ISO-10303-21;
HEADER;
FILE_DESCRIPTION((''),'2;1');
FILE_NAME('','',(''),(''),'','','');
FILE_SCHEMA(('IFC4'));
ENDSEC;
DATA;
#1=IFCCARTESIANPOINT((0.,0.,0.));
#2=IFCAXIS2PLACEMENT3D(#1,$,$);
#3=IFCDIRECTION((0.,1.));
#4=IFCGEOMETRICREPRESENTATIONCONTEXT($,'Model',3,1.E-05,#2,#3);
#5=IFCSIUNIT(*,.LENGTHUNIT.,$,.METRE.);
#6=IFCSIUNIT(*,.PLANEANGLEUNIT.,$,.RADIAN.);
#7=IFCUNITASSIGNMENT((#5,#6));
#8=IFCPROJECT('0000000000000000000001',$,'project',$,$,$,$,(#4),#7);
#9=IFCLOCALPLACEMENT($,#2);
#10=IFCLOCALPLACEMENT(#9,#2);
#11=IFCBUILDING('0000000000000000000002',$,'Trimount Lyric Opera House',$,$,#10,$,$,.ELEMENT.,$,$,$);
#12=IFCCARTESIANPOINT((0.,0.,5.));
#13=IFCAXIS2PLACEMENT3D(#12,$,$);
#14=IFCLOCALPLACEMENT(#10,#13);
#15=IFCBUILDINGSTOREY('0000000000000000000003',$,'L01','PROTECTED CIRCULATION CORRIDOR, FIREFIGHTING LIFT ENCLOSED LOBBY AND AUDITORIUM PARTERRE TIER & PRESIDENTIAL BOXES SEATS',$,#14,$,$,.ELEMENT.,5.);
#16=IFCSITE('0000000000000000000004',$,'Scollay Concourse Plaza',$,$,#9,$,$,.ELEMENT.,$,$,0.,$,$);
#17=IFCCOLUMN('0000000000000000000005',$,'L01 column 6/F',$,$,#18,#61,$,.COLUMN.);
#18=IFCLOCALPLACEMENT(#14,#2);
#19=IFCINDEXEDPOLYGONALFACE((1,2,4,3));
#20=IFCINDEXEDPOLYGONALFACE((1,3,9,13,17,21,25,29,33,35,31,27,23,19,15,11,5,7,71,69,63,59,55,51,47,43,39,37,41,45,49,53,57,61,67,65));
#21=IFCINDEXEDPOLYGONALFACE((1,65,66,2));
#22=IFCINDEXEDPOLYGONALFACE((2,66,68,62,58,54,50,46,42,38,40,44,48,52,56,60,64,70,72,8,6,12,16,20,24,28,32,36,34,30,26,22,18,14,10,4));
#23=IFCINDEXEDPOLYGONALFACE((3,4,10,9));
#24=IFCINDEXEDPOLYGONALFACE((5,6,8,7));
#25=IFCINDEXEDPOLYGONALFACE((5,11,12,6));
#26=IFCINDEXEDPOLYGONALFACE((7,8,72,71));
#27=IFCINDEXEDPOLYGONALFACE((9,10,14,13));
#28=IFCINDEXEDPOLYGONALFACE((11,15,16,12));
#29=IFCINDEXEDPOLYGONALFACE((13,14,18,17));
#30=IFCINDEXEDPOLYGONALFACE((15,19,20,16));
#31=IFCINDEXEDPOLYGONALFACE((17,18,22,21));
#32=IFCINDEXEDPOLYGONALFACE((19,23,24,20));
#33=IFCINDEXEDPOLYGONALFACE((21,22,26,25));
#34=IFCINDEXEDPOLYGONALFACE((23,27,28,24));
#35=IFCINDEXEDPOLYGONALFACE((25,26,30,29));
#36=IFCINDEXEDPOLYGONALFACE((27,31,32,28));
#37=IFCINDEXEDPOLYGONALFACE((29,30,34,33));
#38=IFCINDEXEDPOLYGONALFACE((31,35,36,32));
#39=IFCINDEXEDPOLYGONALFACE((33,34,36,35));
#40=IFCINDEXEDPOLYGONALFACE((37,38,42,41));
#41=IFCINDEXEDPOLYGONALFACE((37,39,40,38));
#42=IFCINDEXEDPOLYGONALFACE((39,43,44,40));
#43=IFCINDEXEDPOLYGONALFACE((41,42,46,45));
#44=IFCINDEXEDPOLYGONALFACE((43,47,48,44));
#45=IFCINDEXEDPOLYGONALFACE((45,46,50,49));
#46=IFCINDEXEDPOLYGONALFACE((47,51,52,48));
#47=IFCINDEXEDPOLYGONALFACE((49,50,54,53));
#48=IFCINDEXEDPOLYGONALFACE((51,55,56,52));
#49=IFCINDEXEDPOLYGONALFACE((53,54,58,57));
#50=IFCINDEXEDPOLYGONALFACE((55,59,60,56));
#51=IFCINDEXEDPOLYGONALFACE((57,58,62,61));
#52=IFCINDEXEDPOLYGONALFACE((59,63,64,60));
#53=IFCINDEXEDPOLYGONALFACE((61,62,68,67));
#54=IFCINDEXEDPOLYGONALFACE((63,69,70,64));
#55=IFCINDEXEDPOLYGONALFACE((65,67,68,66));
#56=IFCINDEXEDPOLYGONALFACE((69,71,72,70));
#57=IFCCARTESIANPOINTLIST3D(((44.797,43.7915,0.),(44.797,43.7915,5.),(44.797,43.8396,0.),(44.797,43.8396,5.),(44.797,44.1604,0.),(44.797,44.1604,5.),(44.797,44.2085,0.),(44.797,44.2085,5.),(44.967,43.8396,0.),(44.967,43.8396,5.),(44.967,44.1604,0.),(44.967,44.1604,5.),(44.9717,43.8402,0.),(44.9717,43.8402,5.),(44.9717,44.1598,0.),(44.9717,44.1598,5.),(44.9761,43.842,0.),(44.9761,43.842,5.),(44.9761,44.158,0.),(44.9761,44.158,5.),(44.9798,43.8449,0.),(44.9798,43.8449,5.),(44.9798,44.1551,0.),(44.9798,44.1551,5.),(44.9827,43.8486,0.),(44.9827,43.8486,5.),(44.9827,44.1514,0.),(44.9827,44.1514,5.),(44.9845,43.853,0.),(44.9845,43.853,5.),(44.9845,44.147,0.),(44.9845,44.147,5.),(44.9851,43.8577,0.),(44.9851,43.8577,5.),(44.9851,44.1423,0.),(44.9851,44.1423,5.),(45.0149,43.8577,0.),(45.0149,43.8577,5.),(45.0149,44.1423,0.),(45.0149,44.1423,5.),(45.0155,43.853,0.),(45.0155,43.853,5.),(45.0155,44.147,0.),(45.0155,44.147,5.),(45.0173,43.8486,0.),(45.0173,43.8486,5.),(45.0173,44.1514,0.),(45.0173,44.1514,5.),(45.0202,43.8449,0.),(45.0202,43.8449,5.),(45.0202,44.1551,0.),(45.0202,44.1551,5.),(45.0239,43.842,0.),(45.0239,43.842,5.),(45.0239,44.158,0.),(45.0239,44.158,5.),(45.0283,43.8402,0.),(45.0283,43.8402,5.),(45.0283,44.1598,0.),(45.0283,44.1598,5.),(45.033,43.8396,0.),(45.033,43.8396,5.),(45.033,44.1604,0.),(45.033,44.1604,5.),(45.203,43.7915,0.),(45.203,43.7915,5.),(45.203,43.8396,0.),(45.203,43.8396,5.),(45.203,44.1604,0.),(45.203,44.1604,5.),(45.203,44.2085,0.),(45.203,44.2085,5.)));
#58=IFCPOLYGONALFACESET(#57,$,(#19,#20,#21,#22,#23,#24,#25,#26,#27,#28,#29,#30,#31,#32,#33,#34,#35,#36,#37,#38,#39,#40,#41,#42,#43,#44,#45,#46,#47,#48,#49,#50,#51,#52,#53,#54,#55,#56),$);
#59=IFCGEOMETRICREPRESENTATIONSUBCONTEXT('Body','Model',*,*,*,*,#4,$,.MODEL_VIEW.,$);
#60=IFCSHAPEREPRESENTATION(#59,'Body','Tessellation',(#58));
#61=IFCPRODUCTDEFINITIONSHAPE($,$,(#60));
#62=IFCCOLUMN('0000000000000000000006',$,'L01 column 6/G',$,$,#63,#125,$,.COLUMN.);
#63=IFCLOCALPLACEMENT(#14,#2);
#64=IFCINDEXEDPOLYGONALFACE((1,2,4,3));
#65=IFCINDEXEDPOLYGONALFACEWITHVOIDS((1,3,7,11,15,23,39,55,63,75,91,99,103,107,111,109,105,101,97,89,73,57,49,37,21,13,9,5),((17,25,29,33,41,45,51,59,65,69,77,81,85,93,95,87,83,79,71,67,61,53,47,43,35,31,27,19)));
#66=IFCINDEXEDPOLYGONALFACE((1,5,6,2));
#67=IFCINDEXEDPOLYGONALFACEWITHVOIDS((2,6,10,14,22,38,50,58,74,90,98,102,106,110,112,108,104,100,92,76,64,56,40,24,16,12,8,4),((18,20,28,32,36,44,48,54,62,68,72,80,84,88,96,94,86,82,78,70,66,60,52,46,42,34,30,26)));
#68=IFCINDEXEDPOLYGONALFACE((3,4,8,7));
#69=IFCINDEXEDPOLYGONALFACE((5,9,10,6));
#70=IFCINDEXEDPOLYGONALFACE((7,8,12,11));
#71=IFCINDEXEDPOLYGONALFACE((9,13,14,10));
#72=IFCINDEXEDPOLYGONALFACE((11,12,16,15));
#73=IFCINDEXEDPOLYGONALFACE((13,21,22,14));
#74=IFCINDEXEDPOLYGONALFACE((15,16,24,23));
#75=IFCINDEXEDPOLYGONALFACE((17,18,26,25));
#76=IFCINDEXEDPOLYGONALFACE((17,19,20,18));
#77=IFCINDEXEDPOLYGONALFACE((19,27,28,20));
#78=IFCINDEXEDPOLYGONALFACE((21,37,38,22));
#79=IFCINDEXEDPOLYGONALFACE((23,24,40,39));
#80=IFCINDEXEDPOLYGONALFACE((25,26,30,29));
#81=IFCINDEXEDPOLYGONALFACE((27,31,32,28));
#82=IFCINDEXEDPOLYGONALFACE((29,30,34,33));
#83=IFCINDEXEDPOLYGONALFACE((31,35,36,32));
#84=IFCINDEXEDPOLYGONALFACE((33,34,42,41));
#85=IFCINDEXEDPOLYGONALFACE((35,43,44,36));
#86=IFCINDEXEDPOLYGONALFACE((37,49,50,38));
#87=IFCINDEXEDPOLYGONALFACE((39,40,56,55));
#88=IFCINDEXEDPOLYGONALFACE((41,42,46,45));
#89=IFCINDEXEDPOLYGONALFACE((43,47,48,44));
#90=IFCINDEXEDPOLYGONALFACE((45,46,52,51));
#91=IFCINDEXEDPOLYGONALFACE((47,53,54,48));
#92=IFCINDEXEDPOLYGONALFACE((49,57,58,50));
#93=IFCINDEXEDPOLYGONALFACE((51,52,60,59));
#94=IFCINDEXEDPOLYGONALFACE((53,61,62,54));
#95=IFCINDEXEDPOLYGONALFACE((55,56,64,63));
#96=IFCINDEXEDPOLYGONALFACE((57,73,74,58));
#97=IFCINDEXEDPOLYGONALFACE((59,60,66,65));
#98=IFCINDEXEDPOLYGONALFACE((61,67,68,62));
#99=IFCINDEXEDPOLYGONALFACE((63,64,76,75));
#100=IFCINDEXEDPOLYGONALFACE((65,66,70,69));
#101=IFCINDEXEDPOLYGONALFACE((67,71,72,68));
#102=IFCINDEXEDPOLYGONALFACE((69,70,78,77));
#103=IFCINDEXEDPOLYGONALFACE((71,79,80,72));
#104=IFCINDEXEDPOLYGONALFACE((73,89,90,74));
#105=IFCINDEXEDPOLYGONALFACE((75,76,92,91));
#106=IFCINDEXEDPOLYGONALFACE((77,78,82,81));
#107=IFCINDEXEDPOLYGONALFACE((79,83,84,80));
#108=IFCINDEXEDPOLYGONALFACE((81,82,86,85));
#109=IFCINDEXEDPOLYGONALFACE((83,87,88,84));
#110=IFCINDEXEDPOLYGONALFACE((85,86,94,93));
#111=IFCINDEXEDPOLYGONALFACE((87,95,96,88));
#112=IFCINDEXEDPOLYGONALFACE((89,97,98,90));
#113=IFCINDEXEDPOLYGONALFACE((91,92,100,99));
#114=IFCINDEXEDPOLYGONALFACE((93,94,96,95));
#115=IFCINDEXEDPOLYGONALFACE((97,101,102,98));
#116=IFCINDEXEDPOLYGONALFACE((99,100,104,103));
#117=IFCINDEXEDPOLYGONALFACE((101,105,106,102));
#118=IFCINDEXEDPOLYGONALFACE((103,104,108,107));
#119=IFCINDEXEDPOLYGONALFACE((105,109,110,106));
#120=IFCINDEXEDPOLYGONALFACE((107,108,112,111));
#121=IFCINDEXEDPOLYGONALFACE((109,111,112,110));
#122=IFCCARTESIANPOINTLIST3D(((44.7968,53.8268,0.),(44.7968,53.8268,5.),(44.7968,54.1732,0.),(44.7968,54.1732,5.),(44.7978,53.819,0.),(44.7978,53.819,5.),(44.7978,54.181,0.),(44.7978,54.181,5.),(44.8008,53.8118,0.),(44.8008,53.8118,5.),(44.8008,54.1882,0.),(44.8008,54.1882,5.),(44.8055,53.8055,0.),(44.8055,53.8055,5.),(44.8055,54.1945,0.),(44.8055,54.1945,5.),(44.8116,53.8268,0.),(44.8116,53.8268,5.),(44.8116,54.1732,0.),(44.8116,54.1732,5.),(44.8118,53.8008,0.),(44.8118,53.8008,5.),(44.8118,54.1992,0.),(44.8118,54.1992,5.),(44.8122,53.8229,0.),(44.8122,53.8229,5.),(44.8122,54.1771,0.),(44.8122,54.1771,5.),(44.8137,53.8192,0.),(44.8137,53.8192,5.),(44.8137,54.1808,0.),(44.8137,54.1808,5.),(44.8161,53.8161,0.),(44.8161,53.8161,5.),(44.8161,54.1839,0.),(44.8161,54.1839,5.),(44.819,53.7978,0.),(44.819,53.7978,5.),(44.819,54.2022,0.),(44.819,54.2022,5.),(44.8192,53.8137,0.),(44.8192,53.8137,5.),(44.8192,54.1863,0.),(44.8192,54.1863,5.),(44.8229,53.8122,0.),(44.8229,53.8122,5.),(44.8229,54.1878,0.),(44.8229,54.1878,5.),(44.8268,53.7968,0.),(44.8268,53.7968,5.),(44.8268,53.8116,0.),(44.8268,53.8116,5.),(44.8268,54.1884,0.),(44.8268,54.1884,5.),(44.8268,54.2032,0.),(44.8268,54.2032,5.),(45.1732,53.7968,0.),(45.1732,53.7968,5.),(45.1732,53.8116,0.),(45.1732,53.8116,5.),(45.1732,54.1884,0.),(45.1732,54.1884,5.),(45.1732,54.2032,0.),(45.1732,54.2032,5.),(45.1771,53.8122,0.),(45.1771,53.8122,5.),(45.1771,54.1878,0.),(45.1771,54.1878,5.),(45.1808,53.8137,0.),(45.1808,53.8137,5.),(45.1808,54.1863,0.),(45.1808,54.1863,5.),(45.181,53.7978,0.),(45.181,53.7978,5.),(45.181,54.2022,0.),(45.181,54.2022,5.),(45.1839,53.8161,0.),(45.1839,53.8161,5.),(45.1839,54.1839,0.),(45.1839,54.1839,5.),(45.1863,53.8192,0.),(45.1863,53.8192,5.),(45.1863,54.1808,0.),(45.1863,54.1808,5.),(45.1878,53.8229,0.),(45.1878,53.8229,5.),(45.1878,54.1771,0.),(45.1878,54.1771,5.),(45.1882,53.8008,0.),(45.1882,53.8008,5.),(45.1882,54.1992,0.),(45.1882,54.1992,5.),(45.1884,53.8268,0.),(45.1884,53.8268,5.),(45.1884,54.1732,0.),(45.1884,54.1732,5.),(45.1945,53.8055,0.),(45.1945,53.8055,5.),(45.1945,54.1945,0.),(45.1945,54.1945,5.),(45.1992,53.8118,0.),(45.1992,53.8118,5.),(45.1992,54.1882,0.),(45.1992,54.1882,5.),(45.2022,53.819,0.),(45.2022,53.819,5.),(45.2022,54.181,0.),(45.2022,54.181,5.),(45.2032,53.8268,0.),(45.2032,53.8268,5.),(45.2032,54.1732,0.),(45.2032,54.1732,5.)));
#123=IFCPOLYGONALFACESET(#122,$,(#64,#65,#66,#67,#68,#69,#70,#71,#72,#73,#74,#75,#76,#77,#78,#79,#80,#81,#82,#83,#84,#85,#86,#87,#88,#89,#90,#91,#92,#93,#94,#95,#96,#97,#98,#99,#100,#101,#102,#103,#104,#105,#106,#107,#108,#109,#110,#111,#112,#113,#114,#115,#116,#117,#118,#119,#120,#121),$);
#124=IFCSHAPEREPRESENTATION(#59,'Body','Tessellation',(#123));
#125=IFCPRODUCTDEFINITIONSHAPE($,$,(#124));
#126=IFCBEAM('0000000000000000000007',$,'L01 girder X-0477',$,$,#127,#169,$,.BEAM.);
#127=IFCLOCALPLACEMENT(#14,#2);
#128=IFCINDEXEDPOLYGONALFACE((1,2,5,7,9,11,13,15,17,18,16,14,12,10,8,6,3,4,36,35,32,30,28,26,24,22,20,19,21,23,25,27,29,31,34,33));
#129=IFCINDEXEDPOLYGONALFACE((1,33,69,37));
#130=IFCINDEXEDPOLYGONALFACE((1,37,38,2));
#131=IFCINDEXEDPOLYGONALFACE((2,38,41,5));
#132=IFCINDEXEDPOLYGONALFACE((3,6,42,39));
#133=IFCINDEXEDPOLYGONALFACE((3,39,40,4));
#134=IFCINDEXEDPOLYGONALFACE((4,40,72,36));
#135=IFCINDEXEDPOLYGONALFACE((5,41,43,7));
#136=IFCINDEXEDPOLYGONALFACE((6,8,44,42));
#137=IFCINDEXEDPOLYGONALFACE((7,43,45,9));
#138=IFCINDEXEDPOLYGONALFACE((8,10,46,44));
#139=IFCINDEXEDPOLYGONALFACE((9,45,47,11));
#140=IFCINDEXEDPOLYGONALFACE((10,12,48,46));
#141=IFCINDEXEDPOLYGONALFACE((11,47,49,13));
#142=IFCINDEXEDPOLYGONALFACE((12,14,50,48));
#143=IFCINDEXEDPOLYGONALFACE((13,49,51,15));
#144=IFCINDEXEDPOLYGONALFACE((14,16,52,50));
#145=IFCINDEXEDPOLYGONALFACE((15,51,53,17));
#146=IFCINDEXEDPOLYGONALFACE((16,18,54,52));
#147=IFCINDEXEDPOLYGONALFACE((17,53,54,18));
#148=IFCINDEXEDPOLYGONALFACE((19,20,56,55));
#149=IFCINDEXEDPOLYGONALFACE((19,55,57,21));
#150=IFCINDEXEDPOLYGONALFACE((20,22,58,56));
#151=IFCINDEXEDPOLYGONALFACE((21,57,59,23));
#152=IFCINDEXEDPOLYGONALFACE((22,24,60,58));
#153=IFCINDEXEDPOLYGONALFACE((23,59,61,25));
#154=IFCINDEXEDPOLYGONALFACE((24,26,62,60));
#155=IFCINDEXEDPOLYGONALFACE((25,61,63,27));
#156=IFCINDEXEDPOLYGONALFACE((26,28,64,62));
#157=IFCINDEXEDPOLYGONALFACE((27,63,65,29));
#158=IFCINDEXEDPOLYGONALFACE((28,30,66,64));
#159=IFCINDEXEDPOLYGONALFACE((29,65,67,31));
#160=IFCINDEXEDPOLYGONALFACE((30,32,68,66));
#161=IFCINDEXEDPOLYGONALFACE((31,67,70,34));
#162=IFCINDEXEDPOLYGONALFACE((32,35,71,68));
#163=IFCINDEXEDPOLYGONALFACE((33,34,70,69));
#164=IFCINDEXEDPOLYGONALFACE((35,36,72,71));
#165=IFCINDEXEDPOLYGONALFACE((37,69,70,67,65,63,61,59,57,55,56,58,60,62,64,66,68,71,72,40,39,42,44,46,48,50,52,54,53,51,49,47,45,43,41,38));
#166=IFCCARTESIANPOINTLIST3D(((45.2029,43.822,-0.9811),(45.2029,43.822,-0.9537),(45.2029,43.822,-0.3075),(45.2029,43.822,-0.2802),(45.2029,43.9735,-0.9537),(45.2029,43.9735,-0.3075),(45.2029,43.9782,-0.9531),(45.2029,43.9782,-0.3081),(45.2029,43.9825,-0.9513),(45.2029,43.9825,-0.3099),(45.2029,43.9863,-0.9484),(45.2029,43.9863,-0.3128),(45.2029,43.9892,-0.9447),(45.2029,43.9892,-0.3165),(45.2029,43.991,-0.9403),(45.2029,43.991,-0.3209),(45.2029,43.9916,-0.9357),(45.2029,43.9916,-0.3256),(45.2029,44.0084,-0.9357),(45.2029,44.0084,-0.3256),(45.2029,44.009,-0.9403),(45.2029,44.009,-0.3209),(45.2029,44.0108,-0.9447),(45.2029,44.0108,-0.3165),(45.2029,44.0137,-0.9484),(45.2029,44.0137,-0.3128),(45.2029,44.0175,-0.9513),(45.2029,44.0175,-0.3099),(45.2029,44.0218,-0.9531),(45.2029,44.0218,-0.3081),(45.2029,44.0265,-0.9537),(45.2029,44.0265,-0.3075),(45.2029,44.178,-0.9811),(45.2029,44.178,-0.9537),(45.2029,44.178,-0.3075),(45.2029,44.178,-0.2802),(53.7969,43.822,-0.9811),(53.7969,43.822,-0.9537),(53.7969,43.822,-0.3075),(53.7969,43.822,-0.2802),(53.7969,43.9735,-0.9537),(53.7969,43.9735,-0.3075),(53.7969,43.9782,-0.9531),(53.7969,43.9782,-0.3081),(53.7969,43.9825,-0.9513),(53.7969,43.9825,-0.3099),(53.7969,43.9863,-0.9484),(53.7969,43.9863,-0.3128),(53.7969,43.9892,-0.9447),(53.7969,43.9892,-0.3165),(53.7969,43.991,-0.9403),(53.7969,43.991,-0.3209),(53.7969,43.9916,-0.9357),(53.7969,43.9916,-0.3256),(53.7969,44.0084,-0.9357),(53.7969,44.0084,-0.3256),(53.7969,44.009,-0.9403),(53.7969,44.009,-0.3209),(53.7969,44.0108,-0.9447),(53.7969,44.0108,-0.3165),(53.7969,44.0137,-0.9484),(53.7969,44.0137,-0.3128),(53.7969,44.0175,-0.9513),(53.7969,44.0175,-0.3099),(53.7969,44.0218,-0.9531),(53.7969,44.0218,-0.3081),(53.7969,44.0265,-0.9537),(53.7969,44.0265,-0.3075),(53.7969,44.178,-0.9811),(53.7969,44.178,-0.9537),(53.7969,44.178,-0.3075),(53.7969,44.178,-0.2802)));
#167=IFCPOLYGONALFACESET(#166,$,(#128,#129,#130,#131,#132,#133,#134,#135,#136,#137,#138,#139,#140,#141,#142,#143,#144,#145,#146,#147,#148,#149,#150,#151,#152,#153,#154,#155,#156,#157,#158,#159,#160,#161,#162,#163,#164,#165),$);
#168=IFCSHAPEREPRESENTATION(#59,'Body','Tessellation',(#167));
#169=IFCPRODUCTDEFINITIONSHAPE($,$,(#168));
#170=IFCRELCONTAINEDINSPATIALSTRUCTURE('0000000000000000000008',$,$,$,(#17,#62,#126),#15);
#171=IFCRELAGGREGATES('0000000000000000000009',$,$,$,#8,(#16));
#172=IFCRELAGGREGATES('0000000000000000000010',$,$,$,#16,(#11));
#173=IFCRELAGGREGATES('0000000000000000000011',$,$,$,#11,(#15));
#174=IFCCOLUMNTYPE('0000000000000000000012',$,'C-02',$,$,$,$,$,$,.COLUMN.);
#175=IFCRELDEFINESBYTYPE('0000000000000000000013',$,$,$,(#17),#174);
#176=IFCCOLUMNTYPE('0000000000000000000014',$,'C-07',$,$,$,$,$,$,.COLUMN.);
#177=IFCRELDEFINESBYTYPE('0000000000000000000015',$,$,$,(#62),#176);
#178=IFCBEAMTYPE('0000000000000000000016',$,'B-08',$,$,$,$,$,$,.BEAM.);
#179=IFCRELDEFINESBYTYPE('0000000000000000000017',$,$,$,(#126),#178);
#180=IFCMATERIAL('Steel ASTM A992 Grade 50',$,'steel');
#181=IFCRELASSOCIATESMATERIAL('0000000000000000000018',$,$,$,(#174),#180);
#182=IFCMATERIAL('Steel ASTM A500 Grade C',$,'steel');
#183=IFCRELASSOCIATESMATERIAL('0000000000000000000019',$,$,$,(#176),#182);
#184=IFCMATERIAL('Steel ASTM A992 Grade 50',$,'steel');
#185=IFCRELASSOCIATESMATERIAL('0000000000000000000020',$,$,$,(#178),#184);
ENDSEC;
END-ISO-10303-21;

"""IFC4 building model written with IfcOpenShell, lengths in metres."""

from ifc_helpers import new_model, si_unit, direction, frame, origin, origin_2d, place, context, subcontext, project, spatial, hollow_rectangle, i_section, extrude, material, material_profile, profile_set, type_object, element, save


model = new_model("IFC4")

# Units and contexts
model_context = context("Model", 3, precision=1e-05, world=origin(), true_north=direction((0.0, 1.0)))
body_context = subcontext(model_context, "Body", "Model", "MODEL_VIEW")
ifc_project = project(units=[si_unit("LENGTHUNIT", "METRE"), si_unit("PLANEANGLEUNIT", "RADIAN")], contexts=[model_context])

# Site, building, storey
site_placement = place(None, origin())
site = spatial("IfcSite", under=ifc_project, at=site_placement, Name="Scollay Concourse Plaza", CompositionType="ELEMENT", RefElevation=0.0)
building_placement = place(site_placement, origin())
building = spatial("IfcBuilding", under=site, at=building_placement, Name="Trimount Lyric Opera House", CompositionType="ELEMENT")
storey_placement = place(building_placement, frame((0.0, 0.0, 5.0)))
storey = spatial("IfcBuildingStorey", under=building, at=storey_placement, Name="L01", Description="PROTECTED CIRCULATION CORRIDOR, FIREFIGHTING LIFT ENCLOSED LOBBY AND AUDITORIUM PARTERRE TIER & PRESIDENTIAL BOXES SEATS", CompositionType="ELEMENT", Elevation=5.0)

# Columns
ifc_material_1 = material(Name="Steel ASTM A992 Grade 50", Category="steel")
ifc_material_profile_1 = material_profile(ifc_material_1, i_section(OverallWidth=0.406, OverallDepth=0.417, WebThickness=0.0298, FlangeThickness=0.0481, FilletRadius=0.0181, at=origin_2d()), Name="W14X257")
ifc_profile_set_1 = profile_set([ifc_material_profile_1], Name="Steel ASTM A992 Grade 50")
column_type_1 = type_object("IfcColumnType", Name="C-02", PredefinedType="COLUMN", material=ifc_profile_set_1)
column_1_placement = place(storey_placement, frame((45.0, 44.0, 0.0), z_axis=(0.0, 0.0, 1.0), x_axis=(1.0, 0.0, 0.0)))
element("IfcColumn", 1, at=column_1_placement, inside=storey, type_object=column_type_1, Name="L01 column 6/F", PredefinedType="COLUMN", context=body_context, shape_type="SweptSolid", body=[
    extrude(i_section(OverallWidth=0.406, OverallDepth=0.417, WebThickness=0.0298, FlangeThickness=0.0481, FilletRadius=0.0181, at=origin_2d()), origin(), (0.0, 0.0, 1.0), 5.0),
])
ifc_material_2 = material(Name="Steel ASTM A500 Grade C", Category="steel")
ifc_material_profile_2 = material_profile(ifc_material_2, hollow_rectangle(XDim=0.4065, YDim=0.4065, WallThickness=0.0149, InnerFilletRadius=0.0151, OuterFilletRadius=0.03, at=origin_2d()), Name="HSS406.4X406.4X15.9")
ifc_profile_set_2 = profile_set([ifc_material_profile_2], Name="Steel ASTM A500 Grade C")
column_type_2 = type_object("IfcColumnType", Name="C-07", PredefinedType="COLUMN", material=ifc_profile_set_2)
column_2_placement = place(storey_placement, frame((45.0, 54.0, 0.0), z_axis=(0.0, 0.0, 1.0), x_axis=(1.0, 0.0, 0.0)))
element("IfcColumn", 2, at=column_2_placement, inside=storey, type_object=column_type_2, Name="L01 column 6/G", PredefinedType="COLUMN", context=body_context, shape_type="SweptSolid", body=[
    extrude(hollow_rectangle(XDim=0.4065, YDim=0.4065, WallThickness=0.0149, InnerFilletRadius=0.0151, OuterFilletRadius=0.03, at=origin_2d()), origin(), (0.0, 0.0, 1.0), 5.0),
])

# Beam
ifc_material_3 = material(Name="Steel ASTM A992 Grade 50", Category="steel")
ifc_material_profile_3 = material_profile(ifc_material_3, i_section(OverallWidth=0.356, OverallDepth=0.7009, WebThickness=0.0168, FlangeThickness=0.0273, FilletRadius=0.0181, at=origin_2d()), Name="W27X161")
ifc_profile_set_3 = profile_set([ifc_material_profile_3], Name="Steel ASTM A992 Grade 50")
beam_type_1 = type_object("IfcBeamType", Name="B-08", PredefinedType="BEAM", material=ifc_profile_set_3)
for number, where, z_axis, x_axis, name in (
    (3, (45.2029, 44.0, -0.6306), (1.0, 0.0, 0.0), (0.0, 1.0, 0.0), "L01 girder X-0477"),
):
    element("IfcBeam", number, at=place(storey_placement, frame(where, z_axis=z_axis, x_axis=x_axis)), inside=storey, type_object=beam_type_1, Name=name, PredefinedType="BEAM", context=body_context, shape_type="SweptSolid", body=[
        extrude(i_section(OverallWidth=0.356, OverallDepth=0.7009, WebThickness=0.0168, FlangeThickness=0.0273, FilletRadius=0.0181, at=origin_2d()), origin(), (0.0, 0.0, 1.0), 8.594),
    ])

save(model, "model.ifc")
